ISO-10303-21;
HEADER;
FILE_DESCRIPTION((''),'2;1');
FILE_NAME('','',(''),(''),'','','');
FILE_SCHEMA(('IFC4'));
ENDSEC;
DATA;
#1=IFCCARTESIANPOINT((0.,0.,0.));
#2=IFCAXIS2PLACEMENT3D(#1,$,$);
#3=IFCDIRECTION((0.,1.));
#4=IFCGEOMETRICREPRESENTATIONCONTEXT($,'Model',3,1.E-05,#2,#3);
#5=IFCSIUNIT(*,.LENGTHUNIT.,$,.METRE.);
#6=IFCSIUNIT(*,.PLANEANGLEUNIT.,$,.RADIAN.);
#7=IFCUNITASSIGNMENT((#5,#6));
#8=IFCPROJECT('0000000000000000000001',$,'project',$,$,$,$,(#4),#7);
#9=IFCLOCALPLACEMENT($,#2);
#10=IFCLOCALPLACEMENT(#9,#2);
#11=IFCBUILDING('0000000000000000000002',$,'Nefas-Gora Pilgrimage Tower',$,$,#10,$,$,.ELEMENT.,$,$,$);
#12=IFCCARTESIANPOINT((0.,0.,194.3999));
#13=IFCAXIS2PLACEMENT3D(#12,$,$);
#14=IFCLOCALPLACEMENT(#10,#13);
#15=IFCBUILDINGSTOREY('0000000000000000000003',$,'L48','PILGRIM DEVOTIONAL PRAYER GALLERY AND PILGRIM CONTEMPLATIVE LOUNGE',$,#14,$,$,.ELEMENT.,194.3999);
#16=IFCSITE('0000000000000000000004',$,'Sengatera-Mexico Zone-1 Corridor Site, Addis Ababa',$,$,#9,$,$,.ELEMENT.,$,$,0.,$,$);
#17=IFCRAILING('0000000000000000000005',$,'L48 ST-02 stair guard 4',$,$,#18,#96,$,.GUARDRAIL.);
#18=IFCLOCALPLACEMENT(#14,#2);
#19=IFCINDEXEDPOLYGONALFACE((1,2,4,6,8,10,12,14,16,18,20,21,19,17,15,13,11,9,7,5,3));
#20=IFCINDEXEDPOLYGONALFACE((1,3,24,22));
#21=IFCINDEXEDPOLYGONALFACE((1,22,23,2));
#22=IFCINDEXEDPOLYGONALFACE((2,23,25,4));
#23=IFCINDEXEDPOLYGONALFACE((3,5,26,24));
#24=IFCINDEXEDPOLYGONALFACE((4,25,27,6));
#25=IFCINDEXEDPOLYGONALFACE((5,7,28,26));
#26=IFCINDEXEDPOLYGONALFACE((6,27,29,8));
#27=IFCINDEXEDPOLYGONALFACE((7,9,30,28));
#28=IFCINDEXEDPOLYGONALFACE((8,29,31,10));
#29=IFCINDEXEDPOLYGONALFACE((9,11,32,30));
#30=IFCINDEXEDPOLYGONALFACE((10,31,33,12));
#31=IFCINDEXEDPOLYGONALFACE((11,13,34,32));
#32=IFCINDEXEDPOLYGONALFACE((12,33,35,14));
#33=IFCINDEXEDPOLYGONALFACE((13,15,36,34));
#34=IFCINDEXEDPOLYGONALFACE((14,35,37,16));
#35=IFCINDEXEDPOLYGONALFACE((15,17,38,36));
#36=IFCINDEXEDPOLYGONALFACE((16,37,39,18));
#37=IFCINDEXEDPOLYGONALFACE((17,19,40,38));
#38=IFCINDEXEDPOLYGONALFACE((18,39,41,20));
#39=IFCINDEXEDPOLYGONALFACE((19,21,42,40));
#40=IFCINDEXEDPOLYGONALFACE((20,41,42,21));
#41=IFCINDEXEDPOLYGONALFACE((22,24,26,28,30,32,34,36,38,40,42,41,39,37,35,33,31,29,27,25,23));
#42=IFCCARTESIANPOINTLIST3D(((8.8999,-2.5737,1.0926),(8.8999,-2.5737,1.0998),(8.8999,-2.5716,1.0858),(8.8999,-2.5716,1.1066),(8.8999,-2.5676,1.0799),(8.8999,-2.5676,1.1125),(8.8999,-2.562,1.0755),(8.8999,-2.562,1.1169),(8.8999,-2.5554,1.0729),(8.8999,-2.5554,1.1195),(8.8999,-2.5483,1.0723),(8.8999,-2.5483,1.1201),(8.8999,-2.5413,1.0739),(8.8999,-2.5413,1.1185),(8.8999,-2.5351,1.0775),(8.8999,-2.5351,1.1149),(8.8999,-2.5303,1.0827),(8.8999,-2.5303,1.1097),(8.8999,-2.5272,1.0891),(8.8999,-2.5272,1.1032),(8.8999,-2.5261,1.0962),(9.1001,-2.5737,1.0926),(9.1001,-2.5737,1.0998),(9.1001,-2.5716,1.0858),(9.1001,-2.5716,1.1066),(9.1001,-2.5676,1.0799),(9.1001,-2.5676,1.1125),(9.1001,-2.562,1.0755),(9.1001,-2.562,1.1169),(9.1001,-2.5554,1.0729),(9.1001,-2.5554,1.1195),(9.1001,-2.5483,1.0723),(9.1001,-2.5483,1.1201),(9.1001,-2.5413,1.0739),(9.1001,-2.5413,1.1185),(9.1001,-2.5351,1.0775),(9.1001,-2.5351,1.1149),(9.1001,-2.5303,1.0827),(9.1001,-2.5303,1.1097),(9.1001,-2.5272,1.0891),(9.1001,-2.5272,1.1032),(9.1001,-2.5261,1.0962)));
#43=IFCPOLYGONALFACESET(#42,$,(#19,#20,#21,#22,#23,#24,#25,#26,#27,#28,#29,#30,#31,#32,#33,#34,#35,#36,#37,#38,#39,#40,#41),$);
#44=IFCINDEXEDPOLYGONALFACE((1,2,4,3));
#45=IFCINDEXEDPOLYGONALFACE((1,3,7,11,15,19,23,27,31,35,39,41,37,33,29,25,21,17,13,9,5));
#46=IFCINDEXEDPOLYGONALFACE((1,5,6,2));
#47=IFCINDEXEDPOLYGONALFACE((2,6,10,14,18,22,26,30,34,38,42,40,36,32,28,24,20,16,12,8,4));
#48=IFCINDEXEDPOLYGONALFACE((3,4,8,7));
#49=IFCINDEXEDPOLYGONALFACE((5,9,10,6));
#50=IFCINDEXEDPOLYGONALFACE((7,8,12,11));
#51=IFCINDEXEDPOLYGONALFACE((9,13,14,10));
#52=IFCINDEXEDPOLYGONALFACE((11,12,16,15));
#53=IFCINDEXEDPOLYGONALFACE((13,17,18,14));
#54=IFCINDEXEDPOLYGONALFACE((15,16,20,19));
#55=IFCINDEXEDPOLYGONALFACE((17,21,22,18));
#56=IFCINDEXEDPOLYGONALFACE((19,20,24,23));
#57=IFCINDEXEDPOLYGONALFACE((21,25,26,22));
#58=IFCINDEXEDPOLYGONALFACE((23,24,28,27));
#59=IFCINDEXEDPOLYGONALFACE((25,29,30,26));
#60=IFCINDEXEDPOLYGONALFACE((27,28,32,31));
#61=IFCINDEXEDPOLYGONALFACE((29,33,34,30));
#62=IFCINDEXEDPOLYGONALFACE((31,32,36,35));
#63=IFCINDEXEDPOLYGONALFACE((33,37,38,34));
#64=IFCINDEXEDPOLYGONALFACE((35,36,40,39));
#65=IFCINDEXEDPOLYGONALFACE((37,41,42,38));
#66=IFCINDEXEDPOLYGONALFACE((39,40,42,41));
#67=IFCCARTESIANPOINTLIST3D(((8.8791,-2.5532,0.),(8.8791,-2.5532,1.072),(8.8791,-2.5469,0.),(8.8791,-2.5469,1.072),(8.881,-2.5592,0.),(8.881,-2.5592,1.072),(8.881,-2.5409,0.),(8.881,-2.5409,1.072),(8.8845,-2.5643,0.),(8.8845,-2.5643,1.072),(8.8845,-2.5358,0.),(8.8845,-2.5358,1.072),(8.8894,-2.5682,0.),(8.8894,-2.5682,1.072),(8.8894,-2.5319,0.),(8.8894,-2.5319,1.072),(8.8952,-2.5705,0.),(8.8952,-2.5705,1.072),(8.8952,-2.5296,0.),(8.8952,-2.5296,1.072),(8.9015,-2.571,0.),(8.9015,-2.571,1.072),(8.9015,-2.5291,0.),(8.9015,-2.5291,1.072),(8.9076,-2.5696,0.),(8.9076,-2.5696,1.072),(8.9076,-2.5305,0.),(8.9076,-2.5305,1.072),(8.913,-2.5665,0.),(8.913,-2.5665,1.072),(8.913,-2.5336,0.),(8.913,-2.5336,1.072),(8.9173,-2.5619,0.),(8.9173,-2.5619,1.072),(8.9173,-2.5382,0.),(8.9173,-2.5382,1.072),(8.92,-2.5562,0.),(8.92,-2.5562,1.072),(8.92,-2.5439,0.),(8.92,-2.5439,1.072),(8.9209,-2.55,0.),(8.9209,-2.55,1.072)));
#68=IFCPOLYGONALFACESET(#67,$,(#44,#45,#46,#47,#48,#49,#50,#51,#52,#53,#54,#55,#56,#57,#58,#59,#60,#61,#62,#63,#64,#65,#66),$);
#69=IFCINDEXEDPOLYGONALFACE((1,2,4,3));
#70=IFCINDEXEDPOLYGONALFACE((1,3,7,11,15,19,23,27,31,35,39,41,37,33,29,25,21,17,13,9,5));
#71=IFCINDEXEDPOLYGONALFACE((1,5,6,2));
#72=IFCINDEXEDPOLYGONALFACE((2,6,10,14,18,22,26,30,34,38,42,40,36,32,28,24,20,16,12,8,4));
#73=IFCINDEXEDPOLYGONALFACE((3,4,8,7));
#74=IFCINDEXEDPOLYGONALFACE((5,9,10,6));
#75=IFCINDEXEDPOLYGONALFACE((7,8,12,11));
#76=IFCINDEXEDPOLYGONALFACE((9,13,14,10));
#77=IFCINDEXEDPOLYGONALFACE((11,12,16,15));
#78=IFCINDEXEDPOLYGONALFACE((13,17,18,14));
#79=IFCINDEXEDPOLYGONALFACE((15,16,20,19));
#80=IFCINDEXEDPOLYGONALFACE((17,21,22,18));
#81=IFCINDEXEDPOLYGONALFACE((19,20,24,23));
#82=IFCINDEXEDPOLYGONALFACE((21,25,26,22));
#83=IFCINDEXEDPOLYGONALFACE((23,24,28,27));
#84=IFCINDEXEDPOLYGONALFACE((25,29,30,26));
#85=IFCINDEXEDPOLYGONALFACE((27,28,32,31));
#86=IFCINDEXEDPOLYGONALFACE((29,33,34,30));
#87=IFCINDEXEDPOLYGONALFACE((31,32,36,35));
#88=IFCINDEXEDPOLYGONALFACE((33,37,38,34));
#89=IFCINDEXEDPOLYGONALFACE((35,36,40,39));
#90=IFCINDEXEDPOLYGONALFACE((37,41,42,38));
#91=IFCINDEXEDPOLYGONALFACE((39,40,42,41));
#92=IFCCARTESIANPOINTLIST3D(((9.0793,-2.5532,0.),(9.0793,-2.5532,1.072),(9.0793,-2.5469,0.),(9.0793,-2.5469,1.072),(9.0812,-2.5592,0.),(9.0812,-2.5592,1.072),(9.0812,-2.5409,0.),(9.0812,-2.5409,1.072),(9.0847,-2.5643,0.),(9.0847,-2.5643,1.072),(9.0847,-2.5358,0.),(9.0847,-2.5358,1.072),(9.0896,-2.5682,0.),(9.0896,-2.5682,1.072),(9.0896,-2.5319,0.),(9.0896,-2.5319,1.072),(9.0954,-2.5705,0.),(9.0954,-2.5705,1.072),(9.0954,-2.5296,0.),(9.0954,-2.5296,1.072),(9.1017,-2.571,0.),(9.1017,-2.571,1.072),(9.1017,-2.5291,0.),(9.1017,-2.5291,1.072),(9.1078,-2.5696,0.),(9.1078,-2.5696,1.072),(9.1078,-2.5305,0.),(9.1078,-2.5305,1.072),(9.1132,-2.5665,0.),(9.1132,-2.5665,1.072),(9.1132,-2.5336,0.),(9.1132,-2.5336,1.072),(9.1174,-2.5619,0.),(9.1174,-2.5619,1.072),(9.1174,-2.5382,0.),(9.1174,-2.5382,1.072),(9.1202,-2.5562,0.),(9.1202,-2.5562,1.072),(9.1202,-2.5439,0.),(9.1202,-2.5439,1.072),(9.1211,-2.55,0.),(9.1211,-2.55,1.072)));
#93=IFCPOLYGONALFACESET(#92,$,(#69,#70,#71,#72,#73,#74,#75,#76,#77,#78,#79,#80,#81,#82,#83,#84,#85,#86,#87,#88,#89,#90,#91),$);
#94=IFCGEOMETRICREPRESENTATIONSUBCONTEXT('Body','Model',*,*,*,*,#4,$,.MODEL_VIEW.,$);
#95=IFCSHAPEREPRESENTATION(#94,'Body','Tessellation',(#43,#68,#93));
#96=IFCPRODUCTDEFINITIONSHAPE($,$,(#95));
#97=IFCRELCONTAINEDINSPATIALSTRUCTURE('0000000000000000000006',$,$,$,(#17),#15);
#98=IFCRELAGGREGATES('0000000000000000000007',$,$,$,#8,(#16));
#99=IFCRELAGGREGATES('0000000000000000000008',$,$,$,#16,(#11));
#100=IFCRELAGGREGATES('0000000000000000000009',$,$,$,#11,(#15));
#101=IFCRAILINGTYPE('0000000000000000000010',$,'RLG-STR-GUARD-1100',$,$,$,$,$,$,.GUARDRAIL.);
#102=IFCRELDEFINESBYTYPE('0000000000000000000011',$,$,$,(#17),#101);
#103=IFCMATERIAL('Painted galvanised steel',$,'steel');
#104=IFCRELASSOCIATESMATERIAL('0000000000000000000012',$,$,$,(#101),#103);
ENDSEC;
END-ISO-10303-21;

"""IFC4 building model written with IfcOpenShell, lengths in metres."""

from ifc_helpers import new_model, si_unit, direction, frame, origin, origin_2d, place, context, subcontext, project, spatial, circle, extrude, material, type_object, element, save


model = new_model("IFC4")

# Units and contexts
model_context = context("Model", 3, precision=1e-05, world=origin(), true_north=direction((0.0, 1.0)))
body_context = subcontext(model_context, "Body", "Model", "MODEL_VIEW")
ifc_project = project(units=[si_unit("LENGTHUNIT", "METRE"), si_unit("PLANEANGLEUNIT", "RADIAN")], contexts=[model_context])

# Site, building, storey
site_placement = place(None, origin())
site = spatial("IfcSite", under=ifc_project, at=site_placement, Name="Sengatera-Mexico Zone-1 Corridor Site, Addis Ababa", CompositionType="ELEMENT", RefElevation=0.0)
building_placement = place(site_placement, origin())
building = spatial("IfcBuilding", under=site, at=building_placement, Name="Nefas-Gora Pilgrimage Tower", CompositionType="ELEMENT")
storey_placement = place(building_placement, frame((0.0, 0.0, 194.3999)))
storey = spatial("IfcBuildingStorey", under=building, at=storey_placement, Name="L48", Description="PILGRIM DEVOTIONAL PRAYER GALLERY AND PILGRIM CONTEMPLATIVE LOUNGE", CompositionType="ELEMENT", Elevation=194.3999)

# Railing
ifc_material_1 = material(Name="Painted galvanised steel", Category="steel")
railing_type_1 = type_object("IfcRailingType", Name="RLG-STR-GUARD-1100", PredefinedType="GUARDRAIL", material=ifc_material_1)
railing_1_placement = place(storey_placement, frame((8.8999, -2.55, 0.0)))
element("IfcRailing", 1, at=railing_1_placement, inside=storey, type_object=railing_type_1, Name="L48 ST-02 stair guard 4", PredefinedType="GUARDRAIL", context=body_context, shape_type="SweptSolid", body=[
    extrude(circle(Radius=0.0239, at=origin_2d()), frame((0.0, 0.0, 1.0962), z_axis=(1.0, 0.0, 0.0), x_axis=(0.0, 1.0, 0.0)), (0.0, 0.0, 1.0), 0.2002),
    extrude(circle(Radius=0.021, at=origin_2d()), origin(), (0.0, 0.0, 1.0), 1.072),
    extrude(circle(Radius=0.021, at=origin_2d()), frame((0.2002, 0.0, 0.0)), (0.0, 0.0, 1.0), 1.072),
])

save(model, "model.ifc")
